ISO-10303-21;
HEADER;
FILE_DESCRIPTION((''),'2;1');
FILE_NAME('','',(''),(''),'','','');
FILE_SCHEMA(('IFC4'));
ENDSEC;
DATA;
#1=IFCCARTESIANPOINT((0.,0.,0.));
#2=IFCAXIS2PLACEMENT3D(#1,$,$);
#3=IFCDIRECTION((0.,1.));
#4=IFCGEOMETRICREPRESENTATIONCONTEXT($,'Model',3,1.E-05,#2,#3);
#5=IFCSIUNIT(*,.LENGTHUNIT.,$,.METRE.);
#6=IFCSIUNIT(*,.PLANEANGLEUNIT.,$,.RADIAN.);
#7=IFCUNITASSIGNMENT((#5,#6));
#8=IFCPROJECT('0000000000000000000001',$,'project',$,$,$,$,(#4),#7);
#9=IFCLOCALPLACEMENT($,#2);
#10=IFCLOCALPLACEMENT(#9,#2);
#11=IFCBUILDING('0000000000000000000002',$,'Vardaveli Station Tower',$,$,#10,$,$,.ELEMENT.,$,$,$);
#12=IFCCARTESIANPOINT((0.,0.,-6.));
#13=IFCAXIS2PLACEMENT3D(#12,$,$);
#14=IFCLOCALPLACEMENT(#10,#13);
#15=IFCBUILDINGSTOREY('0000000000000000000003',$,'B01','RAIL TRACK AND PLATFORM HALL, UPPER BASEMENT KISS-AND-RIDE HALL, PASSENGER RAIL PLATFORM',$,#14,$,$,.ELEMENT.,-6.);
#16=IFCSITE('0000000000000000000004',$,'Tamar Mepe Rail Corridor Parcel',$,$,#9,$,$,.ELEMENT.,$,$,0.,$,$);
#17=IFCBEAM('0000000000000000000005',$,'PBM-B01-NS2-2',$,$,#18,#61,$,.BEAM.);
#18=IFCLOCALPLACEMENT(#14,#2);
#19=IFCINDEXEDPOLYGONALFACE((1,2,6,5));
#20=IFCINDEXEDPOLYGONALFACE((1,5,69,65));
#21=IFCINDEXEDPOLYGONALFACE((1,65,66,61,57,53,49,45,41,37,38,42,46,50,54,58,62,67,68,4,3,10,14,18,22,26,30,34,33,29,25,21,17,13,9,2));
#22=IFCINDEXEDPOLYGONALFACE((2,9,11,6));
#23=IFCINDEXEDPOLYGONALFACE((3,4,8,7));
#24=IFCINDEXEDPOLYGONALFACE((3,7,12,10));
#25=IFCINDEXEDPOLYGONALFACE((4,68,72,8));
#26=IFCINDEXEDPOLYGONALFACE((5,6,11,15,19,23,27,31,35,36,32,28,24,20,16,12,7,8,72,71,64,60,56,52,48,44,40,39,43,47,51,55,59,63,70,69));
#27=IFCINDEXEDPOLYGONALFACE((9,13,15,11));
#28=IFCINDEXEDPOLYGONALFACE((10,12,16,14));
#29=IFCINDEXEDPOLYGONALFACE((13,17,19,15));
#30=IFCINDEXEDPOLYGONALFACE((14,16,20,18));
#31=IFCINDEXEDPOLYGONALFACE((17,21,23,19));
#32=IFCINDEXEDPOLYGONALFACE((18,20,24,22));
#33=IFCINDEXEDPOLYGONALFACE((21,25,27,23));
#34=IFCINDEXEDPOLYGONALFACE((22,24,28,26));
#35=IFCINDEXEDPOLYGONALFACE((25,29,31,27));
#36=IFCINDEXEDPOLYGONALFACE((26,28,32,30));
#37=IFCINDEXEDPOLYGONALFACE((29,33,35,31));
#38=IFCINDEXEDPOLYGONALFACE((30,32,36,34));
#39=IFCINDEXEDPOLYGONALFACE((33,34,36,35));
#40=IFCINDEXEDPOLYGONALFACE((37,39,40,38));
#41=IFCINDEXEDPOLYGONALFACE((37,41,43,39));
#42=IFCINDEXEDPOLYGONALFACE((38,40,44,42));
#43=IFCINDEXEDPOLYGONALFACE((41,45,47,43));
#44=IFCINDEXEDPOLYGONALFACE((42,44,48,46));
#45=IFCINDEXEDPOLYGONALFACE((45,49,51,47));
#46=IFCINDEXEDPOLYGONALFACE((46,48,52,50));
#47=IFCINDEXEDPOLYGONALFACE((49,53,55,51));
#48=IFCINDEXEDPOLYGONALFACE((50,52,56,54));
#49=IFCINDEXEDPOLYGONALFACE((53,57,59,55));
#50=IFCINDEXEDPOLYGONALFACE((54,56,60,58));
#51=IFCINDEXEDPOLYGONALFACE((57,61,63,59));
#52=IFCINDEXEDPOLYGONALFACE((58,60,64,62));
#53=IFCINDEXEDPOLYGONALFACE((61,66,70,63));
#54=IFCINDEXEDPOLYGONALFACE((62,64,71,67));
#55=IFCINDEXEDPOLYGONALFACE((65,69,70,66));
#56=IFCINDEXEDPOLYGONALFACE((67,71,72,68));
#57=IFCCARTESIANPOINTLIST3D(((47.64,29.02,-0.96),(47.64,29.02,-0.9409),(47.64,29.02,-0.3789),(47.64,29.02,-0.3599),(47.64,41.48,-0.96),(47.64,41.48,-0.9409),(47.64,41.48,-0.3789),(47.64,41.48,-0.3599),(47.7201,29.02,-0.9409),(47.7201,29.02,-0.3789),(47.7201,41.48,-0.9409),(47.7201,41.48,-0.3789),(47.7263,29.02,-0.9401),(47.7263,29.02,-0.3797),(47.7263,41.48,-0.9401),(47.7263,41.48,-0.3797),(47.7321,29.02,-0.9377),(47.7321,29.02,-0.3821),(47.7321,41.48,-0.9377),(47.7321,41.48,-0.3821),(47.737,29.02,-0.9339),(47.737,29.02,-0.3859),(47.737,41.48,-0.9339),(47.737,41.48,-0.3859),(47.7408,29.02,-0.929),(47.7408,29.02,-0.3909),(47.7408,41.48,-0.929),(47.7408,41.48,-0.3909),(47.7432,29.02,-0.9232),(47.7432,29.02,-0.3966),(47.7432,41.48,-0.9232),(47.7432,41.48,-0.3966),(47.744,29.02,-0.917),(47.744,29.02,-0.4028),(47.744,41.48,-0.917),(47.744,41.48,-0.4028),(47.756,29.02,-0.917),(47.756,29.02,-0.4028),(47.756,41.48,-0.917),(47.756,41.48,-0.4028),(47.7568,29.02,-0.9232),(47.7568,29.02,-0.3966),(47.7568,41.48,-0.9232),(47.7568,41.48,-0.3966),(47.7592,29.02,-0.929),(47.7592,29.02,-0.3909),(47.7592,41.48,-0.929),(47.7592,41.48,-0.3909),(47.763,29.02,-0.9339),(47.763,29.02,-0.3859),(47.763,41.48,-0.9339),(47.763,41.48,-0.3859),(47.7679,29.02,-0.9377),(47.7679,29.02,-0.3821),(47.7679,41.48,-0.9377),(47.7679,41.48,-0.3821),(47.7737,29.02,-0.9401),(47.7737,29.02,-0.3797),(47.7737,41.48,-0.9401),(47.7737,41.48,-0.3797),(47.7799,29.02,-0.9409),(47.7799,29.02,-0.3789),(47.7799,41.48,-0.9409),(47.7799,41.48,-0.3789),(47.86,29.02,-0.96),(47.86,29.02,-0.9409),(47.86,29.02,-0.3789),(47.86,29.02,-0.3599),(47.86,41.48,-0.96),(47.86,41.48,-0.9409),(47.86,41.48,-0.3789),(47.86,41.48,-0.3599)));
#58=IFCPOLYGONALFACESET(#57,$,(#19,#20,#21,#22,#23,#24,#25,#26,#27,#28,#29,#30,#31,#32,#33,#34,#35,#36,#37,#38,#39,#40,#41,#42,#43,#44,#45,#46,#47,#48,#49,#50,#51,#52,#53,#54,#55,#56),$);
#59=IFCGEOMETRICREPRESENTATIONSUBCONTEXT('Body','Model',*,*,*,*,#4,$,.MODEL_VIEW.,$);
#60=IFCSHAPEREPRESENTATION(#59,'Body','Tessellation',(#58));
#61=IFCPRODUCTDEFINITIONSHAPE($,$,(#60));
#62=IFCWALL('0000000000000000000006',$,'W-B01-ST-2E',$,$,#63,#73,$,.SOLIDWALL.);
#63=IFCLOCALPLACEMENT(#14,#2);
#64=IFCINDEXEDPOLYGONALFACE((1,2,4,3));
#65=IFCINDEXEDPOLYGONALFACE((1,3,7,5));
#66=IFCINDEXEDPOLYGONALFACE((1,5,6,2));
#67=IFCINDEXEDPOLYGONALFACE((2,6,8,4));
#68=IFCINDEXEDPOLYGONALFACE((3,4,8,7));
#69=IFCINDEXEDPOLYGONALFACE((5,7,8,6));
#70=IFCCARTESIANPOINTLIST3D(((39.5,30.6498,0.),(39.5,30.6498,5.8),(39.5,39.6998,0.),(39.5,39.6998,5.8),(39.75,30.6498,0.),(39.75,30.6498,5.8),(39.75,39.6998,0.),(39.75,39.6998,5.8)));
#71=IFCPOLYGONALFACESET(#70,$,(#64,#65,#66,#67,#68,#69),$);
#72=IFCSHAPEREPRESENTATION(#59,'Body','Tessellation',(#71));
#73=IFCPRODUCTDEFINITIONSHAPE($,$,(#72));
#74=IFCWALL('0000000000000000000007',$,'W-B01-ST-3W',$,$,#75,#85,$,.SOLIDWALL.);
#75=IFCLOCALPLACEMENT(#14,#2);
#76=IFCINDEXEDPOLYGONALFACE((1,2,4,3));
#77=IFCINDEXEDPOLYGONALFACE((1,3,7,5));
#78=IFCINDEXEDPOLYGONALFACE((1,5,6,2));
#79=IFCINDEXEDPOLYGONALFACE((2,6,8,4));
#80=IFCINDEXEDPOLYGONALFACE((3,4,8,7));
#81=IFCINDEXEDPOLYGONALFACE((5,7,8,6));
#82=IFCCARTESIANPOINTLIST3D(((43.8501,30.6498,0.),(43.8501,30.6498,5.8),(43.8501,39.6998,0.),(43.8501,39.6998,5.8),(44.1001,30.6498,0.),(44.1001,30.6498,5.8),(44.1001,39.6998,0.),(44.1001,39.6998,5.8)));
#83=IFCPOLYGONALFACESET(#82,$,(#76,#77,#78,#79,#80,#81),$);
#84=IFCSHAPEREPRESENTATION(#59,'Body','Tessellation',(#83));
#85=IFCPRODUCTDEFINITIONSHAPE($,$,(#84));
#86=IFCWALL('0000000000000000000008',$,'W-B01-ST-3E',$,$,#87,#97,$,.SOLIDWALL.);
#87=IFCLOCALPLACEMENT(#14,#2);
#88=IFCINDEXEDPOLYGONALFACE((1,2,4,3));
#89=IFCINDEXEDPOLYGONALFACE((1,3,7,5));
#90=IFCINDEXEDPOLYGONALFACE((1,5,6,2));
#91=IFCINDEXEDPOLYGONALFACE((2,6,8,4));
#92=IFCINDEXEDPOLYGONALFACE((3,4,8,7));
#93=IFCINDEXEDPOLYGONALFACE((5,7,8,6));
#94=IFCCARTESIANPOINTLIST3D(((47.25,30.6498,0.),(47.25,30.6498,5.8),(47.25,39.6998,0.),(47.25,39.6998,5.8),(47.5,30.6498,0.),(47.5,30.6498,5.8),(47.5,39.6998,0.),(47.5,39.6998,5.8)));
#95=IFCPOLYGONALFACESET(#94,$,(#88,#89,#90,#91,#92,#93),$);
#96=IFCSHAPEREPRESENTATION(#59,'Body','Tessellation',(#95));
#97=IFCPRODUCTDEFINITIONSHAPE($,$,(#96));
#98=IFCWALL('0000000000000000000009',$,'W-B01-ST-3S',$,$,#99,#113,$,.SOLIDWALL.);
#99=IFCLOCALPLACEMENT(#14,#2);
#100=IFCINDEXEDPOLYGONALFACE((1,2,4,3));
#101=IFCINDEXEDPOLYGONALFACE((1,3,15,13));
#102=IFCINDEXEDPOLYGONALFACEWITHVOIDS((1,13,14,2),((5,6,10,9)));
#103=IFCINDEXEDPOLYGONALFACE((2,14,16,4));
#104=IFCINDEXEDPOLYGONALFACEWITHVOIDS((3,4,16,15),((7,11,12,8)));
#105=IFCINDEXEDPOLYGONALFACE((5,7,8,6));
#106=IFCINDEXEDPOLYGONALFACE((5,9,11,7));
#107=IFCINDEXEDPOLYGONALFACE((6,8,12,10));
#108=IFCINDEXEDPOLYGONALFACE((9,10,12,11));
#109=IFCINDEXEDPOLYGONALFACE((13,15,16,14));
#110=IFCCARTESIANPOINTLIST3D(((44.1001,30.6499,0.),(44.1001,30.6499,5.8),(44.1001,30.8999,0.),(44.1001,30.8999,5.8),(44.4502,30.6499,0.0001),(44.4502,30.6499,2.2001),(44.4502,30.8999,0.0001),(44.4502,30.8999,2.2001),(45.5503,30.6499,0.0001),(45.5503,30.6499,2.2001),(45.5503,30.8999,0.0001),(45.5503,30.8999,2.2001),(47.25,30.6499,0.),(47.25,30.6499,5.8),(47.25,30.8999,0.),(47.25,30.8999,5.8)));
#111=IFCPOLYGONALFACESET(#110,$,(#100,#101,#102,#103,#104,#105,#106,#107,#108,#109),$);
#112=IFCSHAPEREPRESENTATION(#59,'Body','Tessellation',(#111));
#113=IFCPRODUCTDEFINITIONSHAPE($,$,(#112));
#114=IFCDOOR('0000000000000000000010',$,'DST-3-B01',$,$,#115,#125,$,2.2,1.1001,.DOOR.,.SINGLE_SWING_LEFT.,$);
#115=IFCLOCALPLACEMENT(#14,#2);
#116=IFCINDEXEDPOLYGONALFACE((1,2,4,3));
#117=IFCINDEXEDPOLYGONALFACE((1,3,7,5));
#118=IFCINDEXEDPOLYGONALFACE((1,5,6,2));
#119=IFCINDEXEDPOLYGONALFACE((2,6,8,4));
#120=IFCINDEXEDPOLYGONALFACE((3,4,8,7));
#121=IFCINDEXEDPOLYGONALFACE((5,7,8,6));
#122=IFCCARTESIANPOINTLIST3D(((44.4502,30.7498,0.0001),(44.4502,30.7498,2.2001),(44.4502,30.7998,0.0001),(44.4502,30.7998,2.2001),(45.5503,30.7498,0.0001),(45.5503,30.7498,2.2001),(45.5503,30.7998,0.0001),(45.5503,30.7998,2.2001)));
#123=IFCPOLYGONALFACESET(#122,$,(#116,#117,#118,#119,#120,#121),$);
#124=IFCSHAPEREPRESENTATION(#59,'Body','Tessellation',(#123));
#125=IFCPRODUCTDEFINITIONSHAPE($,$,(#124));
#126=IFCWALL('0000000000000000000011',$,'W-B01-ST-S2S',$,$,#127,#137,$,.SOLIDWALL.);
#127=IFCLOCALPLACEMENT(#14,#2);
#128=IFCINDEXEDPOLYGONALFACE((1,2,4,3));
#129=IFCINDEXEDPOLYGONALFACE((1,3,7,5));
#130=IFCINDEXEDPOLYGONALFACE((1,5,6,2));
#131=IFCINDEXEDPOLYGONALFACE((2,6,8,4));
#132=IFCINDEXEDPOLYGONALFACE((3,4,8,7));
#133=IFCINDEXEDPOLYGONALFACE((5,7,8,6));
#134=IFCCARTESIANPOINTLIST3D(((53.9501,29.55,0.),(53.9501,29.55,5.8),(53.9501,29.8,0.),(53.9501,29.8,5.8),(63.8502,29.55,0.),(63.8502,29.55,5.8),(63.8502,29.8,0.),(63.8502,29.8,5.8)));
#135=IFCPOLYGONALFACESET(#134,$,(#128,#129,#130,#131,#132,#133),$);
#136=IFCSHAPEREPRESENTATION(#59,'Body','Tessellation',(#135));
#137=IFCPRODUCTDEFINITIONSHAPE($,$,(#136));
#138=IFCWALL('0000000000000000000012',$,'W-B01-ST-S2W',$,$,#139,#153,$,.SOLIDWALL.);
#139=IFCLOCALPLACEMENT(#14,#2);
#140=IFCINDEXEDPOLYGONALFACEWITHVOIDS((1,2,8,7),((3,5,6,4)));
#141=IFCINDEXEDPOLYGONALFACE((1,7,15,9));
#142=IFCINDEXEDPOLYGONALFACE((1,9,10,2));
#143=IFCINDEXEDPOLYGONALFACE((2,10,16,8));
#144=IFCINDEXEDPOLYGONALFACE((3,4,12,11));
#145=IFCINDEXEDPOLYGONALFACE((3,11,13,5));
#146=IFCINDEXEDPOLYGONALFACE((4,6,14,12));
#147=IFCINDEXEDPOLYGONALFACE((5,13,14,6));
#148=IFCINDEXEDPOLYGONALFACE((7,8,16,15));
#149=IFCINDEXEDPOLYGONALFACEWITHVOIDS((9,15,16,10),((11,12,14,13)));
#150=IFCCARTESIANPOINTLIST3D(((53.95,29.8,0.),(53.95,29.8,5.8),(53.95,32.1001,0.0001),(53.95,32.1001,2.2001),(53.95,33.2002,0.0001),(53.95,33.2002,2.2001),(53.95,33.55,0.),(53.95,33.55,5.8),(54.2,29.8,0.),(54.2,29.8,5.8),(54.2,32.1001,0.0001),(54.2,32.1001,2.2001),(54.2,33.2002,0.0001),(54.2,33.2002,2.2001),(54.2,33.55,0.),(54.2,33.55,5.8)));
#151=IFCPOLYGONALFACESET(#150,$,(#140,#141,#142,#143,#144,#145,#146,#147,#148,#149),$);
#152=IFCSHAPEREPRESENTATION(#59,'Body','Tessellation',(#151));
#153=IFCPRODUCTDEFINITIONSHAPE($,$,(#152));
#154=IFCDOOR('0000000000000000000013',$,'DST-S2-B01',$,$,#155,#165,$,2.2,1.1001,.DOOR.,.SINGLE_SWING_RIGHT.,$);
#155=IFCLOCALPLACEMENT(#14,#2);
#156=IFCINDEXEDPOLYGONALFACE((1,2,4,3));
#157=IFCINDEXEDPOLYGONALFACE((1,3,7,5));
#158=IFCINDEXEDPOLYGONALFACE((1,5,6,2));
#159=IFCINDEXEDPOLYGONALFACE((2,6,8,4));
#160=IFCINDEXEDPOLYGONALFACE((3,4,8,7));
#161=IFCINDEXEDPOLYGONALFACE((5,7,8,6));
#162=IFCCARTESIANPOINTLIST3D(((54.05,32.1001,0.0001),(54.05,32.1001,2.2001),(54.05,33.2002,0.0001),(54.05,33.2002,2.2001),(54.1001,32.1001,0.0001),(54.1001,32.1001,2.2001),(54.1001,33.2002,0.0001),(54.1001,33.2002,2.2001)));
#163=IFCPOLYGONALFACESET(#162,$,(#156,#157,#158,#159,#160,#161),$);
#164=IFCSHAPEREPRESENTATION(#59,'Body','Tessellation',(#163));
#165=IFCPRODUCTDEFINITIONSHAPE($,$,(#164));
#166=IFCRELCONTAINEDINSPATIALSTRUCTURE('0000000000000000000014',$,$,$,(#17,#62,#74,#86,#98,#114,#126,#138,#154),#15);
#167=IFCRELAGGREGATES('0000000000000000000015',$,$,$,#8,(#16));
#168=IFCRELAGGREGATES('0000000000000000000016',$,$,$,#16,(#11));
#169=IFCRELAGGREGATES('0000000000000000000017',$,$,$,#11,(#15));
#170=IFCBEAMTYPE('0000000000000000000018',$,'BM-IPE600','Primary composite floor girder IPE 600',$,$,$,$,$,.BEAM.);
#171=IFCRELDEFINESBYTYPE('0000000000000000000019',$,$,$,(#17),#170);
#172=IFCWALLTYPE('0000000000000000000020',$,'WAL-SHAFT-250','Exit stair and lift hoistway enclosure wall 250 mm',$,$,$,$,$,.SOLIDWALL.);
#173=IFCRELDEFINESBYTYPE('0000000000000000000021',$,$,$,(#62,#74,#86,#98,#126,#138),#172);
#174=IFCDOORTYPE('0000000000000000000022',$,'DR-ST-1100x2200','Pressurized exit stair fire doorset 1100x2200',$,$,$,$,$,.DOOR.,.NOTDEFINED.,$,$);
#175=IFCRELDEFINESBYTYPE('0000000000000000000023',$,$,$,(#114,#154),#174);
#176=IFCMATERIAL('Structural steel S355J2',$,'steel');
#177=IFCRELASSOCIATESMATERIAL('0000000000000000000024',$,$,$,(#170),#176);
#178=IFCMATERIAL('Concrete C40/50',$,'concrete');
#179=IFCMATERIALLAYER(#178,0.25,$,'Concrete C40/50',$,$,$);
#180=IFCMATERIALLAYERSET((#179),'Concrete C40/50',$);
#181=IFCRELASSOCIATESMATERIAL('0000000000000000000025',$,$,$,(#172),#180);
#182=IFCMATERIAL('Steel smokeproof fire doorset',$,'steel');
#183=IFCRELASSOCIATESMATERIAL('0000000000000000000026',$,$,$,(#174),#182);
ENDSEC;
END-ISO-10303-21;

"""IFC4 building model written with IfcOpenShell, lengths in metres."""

from ifc_helpers import new_model, si_unit, direction, frame, frame_2d, origin, origin_2d, place, context, subcontext, project, spatial, rectangle, i_section, extrude, source, transform, mapped, material, layer, layer_set, material_profile, profile_set, type_object, element, fill, save


model = new_model("IFC4")

# Units and contexts
model_context = context("Model", 3, precision=1e-05, world=origin(), true_north=direction((0.0, 1.0)))
body_context = subcontext(model_context, "Body", "Model", "MODEL_VIEW")
ifc_project = project(units=[si_unit("LENGTHUNIT", "METRE"), si_unit("PLANEANGLEUNIT", "RADIAN")], contexts=[model_context])

# Site, building, storey
site_placement = place(None, origin())
site = spatial("IfcSite", under=ifc_project, at=site_placement, Name="Tamar Mepe Rail Corridor Parcel", CompositionType="ELEMENT", RefElevation=0.0)
building_placement = place(site_placement, origin())
building = spatial("IfcBuilding", under=site, at=building_placement, Name="Vardaveli Station Tower", CompositionType="ELEMENT")
storey_placement = place(building_placement, frame((0.0, 0.0, -6.0)))
storey = spatial("IfcBuildingStorey", under=building, at=storey_placement, Name="B01", Description="RAIL TRACK AND PLATFORM HALL, UPPER BASEMENT KISS-AND-RIDE HALL, PASSENGER RAIL PLATFORM", CompositionType="ELEMENT", Elevation=-6.0)

# Beam
ifc_material_1 = material(Name="Structural steel S355J2", Category="steel")
ifc_material_profile_1 = material_profile(ifc_material_1, i_section(OverallWidth=0.22, OverallDepth=0.6001, WebThickness=0.012, FlangeThickness=0.019, FilletRadius=0.0239, at=origin_2d()), Name="IPE 600")
ifc_profile_set_1 = profile_set([ifc_material_profile_1], Name="Structural steel S355J2")
beam_type_1 = type_object("IfcBeamType", Name="BM-IPE600", Description="Primary composite floor girder IPE 600", PredefinedType="BEAM", material=ifc_profile_set_1)
shared_shape_1 = source(origin(), body_context, "Body", "SweptSolid", [
    extrude(i_section(OverallWidth=0.22, OverallDepth=0.6001, WebThickness=0.012, FlangeThickness=0.019, FilletRadius=0.0239, at=origin_2d()), origin(), (0.0, 0.0, 1.0), 12.46),
])
beam_1_placement = place(storey_placement, frame((47.75, 29.02, -0.6599), z_axis=(0.0, 1.0, 0.0), x_axis=(-1.0, 0.0, 0.0)))
element("IfcBeam", 1, at=beam_1_placement, inside=storey, type_object=beam_type_1, Name="PBM-B01-NS2-2", PredefinedType="BEAM", context=body_context, shape_type="MappedRepresentation", body=[
    mapped(shared_shape_1, transform((0.0, 0.0, 0.0), scale=1.0)),
])

# Walls
ifc_material_2 = material(Name="Concrete C40/50", Category="concrete")
ifc_layer_1 = layer(ifc_material_2, 0.25, Name="Concrete C40/50")
ifc_layer_set_1 = layer_set([ifc_layer_1], Name="Concrete C40/50")
wall_type_1 = type_object("IfcWallType", Name="WAL-SHAFT-250", Description="Exit stair and lift hoistway enclosure wall 250 mm", PredefinedType="SOLIDWALL", material=ifc_layer_set_1)
shared_shape_2 = source(origin(), body_context, "Body", "SweptSolid", [
    extrude(rectangle(XDim=9.05, YDim=0.25, at=frame_2d((4.5249, 0.0))), origin(), (0.0, 0.0, 1.0), 5.8),
])
for number, where, z_axis, x_axis, name in (
    (2, (39.625, 30.6499, 0.0), (0.0, 0.0, 1.0), (0.0, 1.0, 0.0), "W-B01-ST-2E"),
    (3, (43.9751, 30.6499, 0.0), (0.0, 0.0, 1.0), (0.0, 1.0, 0.0), "W-B01-ST-3W"),
    (4, (47.375, 30.6499, 0.0), (0.0, 0.0, 1.0), (0.0, 1.0, 0.0), "W-B01-ST-3E"),
):
    element("IfcWall", number, at=place(storey_placement, frame(where, z_axis=z_axis, x_axis=x_axis)), inside=storey, type_object=wall_type_1, Name=name, PredefinedType="SOLIDWALL", context=body_context, shape_type="MappedRepresentation", body=[
        mapped(shared_shape_2, transform((0.0, 0.0, 0.0), scale=1.0)),
    ])

# Wall, opening, door
shared_shape_3 = source(origin(), body_context, "Body", "SweptSolid", [
    extrude(rectangle(XDim=3.1499, YDim=0.25, at=frame_2d((1.575, 0.0))), origin(), (0.0, 0.0, 1.0), 5.8),
])
wall_1_placement = place(storey_placement, frame((44.1001, 30.7749, 0.0), z_axis=(0.0, 0.0, 1.0), x_axis=(1.0, 0.0, 0.0)))
wall_1 = element("IfcWall", 5, at=wall_1_placement, inside=storey, type_object=wall_type_1, Name="W-B01-ST-3S", PredefinedType="SOLIDWALL", context=body_context, shape_type="MappedRepresentation", body=[
    mapped(shared_shape_3, transform((0.0, 0.0, 0.0), scale=1.0)),
])
shared_shape_4 = source(origin(), body_context, "Body", "SweptSolid", [
    extrude(rectangle(XDim=1.1001, YDim=2.2, at=frame_2d((0.55, 1.1001))), frame((0.0, 0.135, 0.0), z_axis=(0.0, -1.0, 0.0), x_axis=(1.0, 0.0, 0.0)), (0.0, 0.0, 1.0), 0.27),
])
opening_1_placement = place(wall_1_placement, frame((0.3501, 0.0, 0.0)))
opening_1 = element("IfcOpeningElement", 6, at=opening_1_placement, cuts=wall_1, PredefinedType="OPENING", context=body_context, shape_type="MappedRepresentation", body=[
    mapped(shared_shape_4, transform((0.0, 0.0, 0.0), scale=1.0)),
])
ifc_material_3 = material(Name="Steel smokeproof fire doorset", Category="steel")
door_type_1 = type_object("IfcDoorType", Name="DR-ST-1100x2200", Description="Pressurized exit stair fire doorset 1100x2200", OperationType="NOTDEFINED", PredefinedType="DOOR", material=ifc_material_3)
shared_shape_5 = source(origin(), body_context, "Body", "SweptSolid", [
    extrude(rectangle(XDim=1.1001, YDim=2.2, at=frame_2d((0.55, 1.1001))), frame((0.0, 0.0249, 0.0), z_axis=(0.0, -1.0, 0.0), x_axis=(1.0, 0.0, 0.0)), (0.0, 0.0, 1.0), 0.05),
])
door_1_placement = place(opening_1_placement, origin())
door_1 = element("IfcDoor", 7, at=door_1_placement, inside=storey, type_object=door_type_1, Name="DST-3-B01", OperationType="SINGLE_SWING_LEFT", OverallHeight=2.2, OverallWidth=1.1001, PredefinedType="DOOR", context=body_context, shape_type="MappedRepresentation", body=[
    mapped(shared_shape_5, transform((0.0, 0.0, 0.0), scale=1.0)),
])
fill(opening_1, door_1)

# Wall
shared_shape_6 = source(origin(), body_context, "Body", "SweptSolid", [
    extrude(rectangle(XDim=9.9001, YDim=0.25, at=frame_2d((4.9502, 0.0))), origin(), (0.0, 0.0, 1.0), 5.8),
])
wall_2_placement = place(storey_placement, frame((53.95, 29.675, 0.0), z_axis=(0.0, 0.0, 1.0), x_axis=(1.0, 0.0, 0.0)))
element("IfcWall", 8, at=wall_2_placement, inside=storey, type_object=wall_type_1, Name="W-B01-ST-S2S", PredefinedType="SOLIDWALL", context=body_context, shape_type="MappedRepresentation", body=[
    mapped(shared_shape_6, transform((0.0, 0.0, 0.0), scale=1.0)),
])

# Wall, opening, door
shared_shape_7 = source(origin(), body_context, "Body", "SweptSolid", [
    extrude(rectangle(XDim=3.75, YDim=0.25, at=frame_2d((1.875, 0.0))), origin(), (0.0, 0.0, 1.0), 5.8),
])
wall_3_placement = place(storey_placement, frame((54.075, 29.8, 0.0), z_axis=(0.0, 0.0, 1.0), x_axis=(0.0, 1.0, 0.0)))
wall_3 = element("IfcWall", 9, at=wall_3_placement, inside=storey, type_object=wall_type_1, Name="W-B01-ST-S2W", PredefinedType="SOLIDWALL", context=body_context, shape_type="MappedRepresentation", body=[
    mapped(shared_shape_7, transform((0.0, 0.0, 0.0), scale=1.0)),
])
opening_2_placement = place(wall_3_placement, frame((2.3, 0.0, 0.0)))
opening_2 = element("IfcOpeningElement", 10, at=opening_2_placement, cuts=wall_3, PredefinedType="OPENING", context=body_context, shape_type="MappedRepresentation", body=[
    mapped(shared_shape_4, transform((0.0, 0.0, 0.0), scale=1.0)),
])
door_2_placement = place(opening_2_placement, origin())
door_2 = element("IfcDoor", 11, at=door_2_placement, inside=storey, type_object=door_type_1, Name="DST-S2-B01", OperationType="SINGLE_SWING_RIGHT", OverallHeight=2.2, OverallWidth=1.1001, PredefinedType="DOOR", context=body_context, shape_type="MappedRepresentation", body=[
    mapped(shared_shape_5, transform((0.0, 0.0, 0.0), scale=1.0)),
])
fill(opening_2, door_2)

save(model, "model.ifc")
